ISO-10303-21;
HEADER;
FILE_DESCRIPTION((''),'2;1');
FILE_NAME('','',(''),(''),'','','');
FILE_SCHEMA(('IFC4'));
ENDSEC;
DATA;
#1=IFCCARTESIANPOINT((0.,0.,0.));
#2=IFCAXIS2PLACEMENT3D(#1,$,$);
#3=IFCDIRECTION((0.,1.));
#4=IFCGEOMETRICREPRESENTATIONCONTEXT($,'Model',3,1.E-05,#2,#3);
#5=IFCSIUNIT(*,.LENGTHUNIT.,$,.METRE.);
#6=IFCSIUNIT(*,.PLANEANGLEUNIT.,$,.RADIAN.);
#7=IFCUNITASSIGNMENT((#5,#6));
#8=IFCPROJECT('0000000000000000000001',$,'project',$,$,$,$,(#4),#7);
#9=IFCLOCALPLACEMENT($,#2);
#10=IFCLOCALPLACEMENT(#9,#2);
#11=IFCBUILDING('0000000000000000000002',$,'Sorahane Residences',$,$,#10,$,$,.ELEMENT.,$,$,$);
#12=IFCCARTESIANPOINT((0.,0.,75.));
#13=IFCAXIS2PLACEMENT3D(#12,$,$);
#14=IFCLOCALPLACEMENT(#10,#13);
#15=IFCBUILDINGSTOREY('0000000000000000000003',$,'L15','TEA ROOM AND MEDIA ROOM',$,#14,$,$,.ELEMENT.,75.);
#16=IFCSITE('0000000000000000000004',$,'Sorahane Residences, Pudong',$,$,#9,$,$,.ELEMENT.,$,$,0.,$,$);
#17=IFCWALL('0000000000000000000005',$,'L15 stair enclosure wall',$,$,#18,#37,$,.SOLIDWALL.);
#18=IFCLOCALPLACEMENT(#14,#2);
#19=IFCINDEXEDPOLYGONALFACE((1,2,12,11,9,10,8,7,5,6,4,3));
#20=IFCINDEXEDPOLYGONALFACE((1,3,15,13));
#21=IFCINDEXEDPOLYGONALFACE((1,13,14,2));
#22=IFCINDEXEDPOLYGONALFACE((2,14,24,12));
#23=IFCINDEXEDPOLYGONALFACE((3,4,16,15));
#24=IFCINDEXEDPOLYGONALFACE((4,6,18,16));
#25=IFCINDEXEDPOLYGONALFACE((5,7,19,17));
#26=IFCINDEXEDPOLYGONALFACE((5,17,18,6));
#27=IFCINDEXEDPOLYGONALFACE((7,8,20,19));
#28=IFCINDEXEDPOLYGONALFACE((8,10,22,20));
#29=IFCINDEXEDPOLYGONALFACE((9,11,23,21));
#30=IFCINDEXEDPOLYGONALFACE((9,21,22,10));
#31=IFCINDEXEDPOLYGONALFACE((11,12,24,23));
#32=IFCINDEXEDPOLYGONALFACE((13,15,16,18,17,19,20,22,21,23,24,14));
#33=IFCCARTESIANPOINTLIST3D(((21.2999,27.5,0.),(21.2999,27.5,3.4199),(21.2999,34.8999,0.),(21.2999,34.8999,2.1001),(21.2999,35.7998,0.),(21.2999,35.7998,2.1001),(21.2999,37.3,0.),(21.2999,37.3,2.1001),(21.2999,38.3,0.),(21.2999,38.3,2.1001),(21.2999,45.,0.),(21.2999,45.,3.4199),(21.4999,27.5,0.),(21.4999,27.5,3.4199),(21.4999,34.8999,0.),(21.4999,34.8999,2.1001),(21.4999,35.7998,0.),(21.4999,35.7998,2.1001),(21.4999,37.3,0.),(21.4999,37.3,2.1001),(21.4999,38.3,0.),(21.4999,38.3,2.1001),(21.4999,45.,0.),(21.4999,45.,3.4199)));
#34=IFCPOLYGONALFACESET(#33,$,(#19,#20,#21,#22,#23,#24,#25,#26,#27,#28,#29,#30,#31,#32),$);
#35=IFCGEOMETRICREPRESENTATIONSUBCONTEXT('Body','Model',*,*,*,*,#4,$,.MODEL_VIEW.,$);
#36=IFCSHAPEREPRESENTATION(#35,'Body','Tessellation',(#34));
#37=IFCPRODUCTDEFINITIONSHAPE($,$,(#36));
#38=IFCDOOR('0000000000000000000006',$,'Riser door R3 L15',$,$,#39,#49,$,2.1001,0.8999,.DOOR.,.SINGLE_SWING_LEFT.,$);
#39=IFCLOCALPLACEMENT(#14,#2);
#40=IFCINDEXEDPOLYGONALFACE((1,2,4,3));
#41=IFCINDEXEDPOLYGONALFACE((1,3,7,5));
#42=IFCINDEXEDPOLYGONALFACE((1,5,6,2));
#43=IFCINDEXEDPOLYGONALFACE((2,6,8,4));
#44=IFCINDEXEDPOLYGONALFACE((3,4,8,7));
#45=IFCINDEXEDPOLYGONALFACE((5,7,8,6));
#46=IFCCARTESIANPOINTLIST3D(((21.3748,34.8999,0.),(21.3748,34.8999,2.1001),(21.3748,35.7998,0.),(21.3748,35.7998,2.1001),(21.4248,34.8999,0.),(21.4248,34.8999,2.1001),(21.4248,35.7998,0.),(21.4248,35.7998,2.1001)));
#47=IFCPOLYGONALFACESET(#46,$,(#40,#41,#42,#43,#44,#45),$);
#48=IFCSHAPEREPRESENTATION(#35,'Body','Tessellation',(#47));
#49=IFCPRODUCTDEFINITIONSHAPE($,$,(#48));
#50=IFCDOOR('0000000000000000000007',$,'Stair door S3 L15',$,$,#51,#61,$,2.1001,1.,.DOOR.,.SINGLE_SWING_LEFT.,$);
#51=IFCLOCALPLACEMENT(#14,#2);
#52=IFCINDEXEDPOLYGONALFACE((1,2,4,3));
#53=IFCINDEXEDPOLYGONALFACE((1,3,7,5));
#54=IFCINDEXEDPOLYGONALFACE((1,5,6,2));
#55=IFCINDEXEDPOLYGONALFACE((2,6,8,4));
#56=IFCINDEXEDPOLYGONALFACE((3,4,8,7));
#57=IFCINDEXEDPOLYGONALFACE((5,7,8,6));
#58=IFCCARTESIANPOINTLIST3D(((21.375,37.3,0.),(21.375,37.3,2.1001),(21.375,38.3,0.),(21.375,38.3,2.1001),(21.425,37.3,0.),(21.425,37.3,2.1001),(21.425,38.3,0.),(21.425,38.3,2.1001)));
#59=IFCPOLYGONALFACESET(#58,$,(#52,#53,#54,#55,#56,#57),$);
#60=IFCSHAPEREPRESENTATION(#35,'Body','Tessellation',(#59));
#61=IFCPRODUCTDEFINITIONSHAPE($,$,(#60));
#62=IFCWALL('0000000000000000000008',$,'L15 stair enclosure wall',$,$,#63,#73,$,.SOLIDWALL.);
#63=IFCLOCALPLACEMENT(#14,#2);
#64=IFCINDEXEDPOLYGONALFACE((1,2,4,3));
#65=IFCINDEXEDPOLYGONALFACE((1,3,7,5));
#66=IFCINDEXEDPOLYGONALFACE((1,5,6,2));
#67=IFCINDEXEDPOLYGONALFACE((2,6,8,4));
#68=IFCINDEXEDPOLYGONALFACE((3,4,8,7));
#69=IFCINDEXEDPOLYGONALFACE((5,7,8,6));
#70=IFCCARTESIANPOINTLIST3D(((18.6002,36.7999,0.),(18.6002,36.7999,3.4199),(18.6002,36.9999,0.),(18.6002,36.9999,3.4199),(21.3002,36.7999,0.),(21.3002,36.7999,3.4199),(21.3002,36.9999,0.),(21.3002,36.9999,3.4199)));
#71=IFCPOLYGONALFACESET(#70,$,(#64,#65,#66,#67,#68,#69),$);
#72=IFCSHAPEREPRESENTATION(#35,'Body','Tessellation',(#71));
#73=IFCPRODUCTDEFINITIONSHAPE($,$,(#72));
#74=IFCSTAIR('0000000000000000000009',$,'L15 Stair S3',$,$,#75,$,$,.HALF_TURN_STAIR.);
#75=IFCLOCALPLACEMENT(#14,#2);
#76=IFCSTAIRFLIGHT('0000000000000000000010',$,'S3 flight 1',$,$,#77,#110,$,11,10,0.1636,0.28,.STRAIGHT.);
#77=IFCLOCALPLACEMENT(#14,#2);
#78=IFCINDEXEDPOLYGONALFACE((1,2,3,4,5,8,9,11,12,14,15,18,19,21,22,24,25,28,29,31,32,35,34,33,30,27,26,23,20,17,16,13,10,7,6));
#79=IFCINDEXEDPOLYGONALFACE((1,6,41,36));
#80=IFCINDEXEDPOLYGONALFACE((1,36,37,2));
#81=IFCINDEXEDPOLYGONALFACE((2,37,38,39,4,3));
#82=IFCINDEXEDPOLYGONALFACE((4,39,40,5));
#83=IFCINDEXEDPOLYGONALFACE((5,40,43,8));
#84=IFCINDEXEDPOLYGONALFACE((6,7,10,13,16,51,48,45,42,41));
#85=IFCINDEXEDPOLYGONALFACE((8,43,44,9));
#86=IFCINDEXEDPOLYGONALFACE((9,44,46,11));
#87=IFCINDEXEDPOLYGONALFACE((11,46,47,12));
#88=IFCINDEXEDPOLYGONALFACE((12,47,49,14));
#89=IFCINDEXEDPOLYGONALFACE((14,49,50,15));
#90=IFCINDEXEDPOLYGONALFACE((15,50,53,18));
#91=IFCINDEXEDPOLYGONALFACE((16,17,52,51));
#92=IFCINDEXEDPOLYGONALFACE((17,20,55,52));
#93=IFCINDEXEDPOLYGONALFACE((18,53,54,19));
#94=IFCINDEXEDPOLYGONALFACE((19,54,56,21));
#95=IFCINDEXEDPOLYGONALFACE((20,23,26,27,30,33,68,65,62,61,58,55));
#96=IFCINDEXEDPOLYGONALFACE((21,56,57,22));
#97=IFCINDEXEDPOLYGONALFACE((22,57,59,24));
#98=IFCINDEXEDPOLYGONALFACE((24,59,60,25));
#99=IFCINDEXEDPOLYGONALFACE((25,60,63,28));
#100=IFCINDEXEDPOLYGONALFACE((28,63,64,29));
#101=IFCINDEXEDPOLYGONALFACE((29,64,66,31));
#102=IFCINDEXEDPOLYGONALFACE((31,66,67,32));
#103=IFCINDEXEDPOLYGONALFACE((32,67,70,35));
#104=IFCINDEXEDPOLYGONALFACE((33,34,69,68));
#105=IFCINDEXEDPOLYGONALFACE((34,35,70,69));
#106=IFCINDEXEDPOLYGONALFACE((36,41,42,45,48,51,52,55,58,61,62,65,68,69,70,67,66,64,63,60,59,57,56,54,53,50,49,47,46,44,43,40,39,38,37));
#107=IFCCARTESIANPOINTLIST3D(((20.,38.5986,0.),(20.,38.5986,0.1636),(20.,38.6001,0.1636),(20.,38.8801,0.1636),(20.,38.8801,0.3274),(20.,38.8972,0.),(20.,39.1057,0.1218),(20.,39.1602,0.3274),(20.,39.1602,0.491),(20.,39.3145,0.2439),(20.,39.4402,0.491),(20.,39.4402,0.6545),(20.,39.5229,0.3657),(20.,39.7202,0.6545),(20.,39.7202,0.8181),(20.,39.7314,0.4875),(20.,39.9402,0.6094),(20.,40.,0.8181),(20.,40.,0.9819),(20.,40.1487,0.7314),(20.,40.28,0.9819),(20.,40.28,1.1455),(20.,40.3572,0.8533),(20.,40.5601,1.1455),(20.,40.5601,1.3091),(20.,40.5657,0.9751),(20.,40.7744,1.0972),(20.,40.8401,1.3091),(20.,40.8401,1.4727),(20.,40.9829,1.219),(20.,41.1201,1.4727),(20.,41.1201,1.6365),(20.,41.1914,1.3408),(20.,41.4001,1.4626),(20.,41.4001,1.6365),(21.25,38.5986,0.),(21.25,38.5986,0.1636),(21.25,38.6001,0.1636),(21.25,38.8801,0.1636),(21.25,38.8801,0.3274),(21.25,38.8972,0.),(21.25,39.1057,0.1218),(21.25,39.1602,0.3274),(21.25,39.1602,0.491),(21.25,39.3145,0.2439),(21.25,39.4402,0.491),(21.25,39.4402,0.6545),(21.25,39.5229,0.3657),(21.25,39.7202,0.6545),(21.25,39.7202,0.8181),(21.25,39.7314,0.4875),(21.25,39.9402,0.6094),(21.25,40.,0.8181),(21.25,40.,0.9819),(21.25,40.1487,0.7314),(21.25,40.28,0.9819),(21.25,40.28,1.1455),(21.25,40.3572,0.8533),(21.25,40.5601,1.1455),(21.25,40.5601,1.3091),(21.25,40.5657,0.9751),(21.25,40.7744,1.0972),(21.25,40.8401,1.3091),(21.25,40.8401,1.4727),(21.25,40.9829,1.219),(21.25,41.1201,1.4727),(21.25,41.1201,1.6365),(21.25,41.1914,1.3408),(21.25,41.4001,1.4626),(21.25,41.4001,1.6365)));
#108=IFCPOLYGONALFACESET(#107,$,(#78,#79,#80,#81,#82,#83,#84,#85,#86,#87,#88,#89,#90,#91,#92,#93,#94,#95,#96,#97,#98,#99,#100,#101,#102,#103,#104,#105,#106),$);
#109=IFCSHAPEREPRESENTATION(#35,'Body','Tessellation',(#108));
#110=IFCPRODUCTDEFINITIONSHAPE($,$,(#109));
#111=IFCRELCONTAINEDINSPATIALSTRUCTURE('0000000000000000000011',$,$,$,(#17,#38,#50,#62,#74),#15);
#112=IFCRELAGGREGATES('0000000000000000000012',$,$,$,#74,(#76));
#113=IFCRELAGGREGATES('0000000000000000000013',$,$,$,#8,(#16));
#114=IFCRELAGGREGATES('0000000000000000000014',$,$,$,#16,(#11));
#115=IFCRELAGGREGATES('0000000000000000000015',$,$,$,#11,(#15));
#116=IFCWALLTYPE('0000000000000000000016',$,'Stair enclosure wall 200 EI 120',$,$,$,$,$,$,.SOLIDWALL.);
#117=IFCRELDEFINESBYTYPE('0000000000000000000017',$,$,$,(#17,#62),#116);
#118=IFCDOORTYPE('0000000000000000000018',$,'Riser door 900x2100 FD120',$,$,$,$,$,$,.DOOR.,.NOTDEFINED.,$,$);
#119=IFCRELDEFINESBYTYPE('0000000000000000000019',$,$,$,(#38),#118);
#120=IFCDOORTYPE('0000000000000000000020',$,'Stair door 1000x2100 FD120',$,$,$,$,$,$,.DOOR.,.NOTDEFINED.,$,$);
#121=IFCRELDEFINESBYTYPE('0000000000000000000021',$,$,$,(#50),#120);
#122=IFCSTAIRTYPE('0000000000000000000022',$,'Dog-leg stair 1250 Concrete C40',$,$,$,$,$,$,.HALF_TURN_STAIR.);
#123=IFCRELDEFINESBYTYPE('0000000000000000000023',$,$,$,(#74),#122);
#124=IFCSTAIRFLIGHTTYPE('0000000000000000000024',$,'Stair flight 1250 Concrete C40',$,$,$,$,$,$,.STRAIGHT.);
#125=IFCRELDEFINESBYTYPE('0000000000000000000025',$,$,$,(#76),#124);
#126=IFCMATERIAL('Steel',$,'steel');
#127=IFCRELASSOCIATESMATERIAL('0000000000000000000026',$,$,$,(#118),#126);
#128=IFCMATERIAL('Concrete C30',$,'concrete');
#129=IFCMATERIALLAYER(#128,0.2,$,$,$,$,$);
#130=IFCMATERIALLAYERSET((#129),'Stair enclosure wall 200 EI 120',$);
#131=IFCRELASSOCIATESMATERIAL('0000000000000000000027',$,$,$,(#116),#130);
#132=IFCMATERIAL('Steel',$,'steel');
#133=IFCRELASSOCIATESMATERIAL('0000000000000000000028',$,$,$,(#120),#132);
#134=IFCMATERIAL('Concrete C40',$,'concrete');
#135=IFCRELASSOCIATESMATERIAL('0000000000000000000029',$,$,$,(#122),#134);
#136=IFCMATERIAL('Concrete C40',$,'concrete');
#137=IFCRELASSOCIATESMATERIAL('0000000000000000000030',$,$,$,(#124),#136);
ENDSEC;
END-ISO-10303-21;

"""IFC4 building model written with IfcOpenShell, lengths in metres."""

from ifc_helpers import new_model, si_unit, direction, frame, frame_2d, origin, place, context, subcontext, project, spatial, polyline, rectangle, outline, extrude, material, layer, layer_set, type_object, element, fill, aggregate, save


model = new_model("IFC4")

# Units and contexts
model_context = context("Model", 3, precision=1e-05, world=origin(), true_north=direction((0.0, 1.0)))
body_context = subcontext(model_context, "Body", "Model", "MODEL_VIEW")
ifc_project = project(units=[si_unit("LENGTHUNIT", "METRE"), si_unit("PLANEANGLEUNIT", "RADIAN")], contexts=[model_context])

# Site, building, storey
site_placement = place(None, origin())
site = spatial("IfcSite", under=ifc_project, at=site_placement, Name="Sorahane Residences, Pudong", CompositionType="ELEMENT", RefElevation=0.0)
building_placement = place(site_placement, origin())
building = spatial("IfcBuilding", under=site, at=building_placement, Name="Sorahane Residences", CompositionType="ELEMENT")
storey_placement = place(building_placement, frame((0.0, 0.0, 75.0)))
storey = spatial("IfcBuildingStorey", under=building, at=storey_placement, Name="L15", Description="TEA ROOM AND MEDIA ROOM", CompositionType="ELEMENT", Elevation=75.0)

# Shared definitions
ifc_material_1 = material(Name="Steel", Category="steel")
door_type_1 = type_object("IfcDoorType", Name="Riser door 900x2100 FD120", OperationType="NOTDEFINED", PredefinedType="DOOR", material=ifc_material_1)

# Wall, openings, doors
ifc_material_2 = material(Name="Concrete C30", Category="concrete")
ifc_layer_1 = layer(ifc_material_2, 0.2)
ifc_layer_set_1 = layer_set([ifc_layer_1], Name="Stair enclosure wall 200 EI 120")
wall_type_1 = type_object("IfcWallType", Name="Stair enclosure wall 200 EI 120", PredefinedType="SOLIDWALL", material=ifc_layer_set_1)
wall_1_placement = place(storey_placement, frame((21.3999, 27.5, 0.0), z_axis=(0.0, 0.0, 1.0), x_axis=(0.0, 1.0, 0.0)))
wall_1 = element("IfcWall", 1, at=wall_1_placement, inside=storey, type_object=wall_type_1, Name="L15 stair enclosure wall", PredefinedType="SOLIDWALL", context=body_context, shape_type="SweptSolid", body=[
    extrude(rectangle(XDim=17.5, YDim=0.2, at=frame_2d((8.75, 0.0))), origin(), (0.0, 0.0, 1.0), 3.4199),
])
opening_1_placement = place(wall_1_placement, frame((9.8, 0.0, 0.0)))
opening_1 = element("IfcOpeningElement", 2, at=opening_1_placement, cuts=wall_1, PredefinedType="OPENING", context=body_context, shape_type="SweptSolid", body=[
    extrude(rectangle(XDim=1.0, YDim=2.1001, at=frame_2d((0.5, 1.05))), frame((0.0, 0.1099, 0.0), z_axis=(0.0, -1.0, 0.0), x_axis=(1.0, 0.0, 0.0)), (0.0, 0.0, 1.0), 0.22),
])
opening_2_placement = place(wall_1_placement, frame((7.3999, 0.0, 0.0)))
opening_2 = element("IfcOpeningElement", 3, at=opening_2_placement, cuts=wall_1, PredefinedType="OPENING", context=body_context, shape_type="SweptSolid", body=[
    extrude(rectangle(XDim=0.8999, YDim=2.1001, at=frame_2d((0.45, 1.05))), frame((0.0, 0.1099, 0.0), z_axis=(0.0, -1.0, 0.0), x_axis=(1.0, 0.0, 0.0)), (0.0, 0.0, 1.0), 0.22),
])
door_1_placement = place(opening_2_placement, frame((0.8999, 0.0, 0.0), z_axis=(0.0, 0.0, 1.0), x_axis=(-1.0, 0.0, 0.0)))
door_1 = element("IfcDoor", 4, at=door_1_placement, inside=storey, type_object=door_type_1, Name="Riser door R3 L15", OperationType="SINGLE_SWING_LEFT", OverallHeight=2.1001, OverallWidth=0.8999, PredefinedType="DOOR", context=body_context, shape_type="SweptSolid", body=[
    extrude(rectangle(XDim=0.8999, YDim=2.1001, at=frame_2d((0.45, 1.05))), frame((0.0, 0.0249, 0.0), z_axis=(0.0, -1.0, 0.0), x_axis=(1.0, 0.0, 0.0)), (0.0, 0.0, 1.0), 0.05),
])
fill(opening_2, door_1)
ifc_material_3 = material(Name="Steel", Category="steel")
door_type_2 = type_object("IfcDoorType", Name="Stair door 1000x2100 FD120", OperationType="NOTDEFINED", PredefinedType="DOOR", material=ifc_material_3)
door_2_placement = place(opening_1_placement, origin())
door_2 = element("IfcDoor", 5, at=door_2_placement, inside=storey, type_object=door_type_2, Name="Stair door S3 L15", OperationType="SINGLE_SWING_LEFT", OverallHeight=2.1001, OverallWidth=1.0, PredefinedType="DOOR", context=body_context, shape_type="SweptSolid", body=[
    extrude(rectangle(XDim=1.0, YDim=2.1001, at=frame_2d((0.5, 1.05))), frame((0.0, 0.0249, 0.0), z_axis=(0.0, -1.0, 0.0), x_axis=(1.0, 0.0, 0.0)), (0.0, 0.0, 1.0), 0.05),
])
fill(opening_1, door_2)

# Wall
wall_2_placement = place(storey_placement, frame((18.6001, 36.8999, 0.0), z_axis=(0.0, 0.0, 1.0), x_axis=(1.0, 0.0, 0.0)))
element("IfcWall", 6, at=wall_2_placement, inside=storey, type_object=wall_type_1, Name="L15 stair enclosure wall", PredefinedType="SOLIDWALL", context=body_context, shape_type="SweptSolid", body=[
    extrude(rectangle(XDim=2.7, YDim=0.2, at=frame_2d((1.3501, 0.0))), origin(), (0.0, 0.0, 1.0), 3.4199),
])

# Stair, stair flight
ifc_material_4 = material(Name="Concrete C40", Category="concrete")
stair_type = type_object("IfcStairType", Name="Dog-leg stair 1250 Concrete C40", PredefinedType="HALF_TURN_STAIR", material=ifc_material_4)
stair_placement = place(storey_placement, origin())
stair = element("IfcStair", 7, at=stair_placement, inside=storey, type_object=stair_type, Name="L15 Stair S3", PredefinedType="HALF_TURN_STAIR")
ifc_material_5 = material(Name="Concrete C40", Category="concrete")
stair_flight_type = type_object("IfcStairFlightType", Name="Stair flight 1250 Concrete C40", PredefinedType="STRAIGHT", material=ifc_material_5)
stair_flight_placement = place(storey_placement, frame((20.625, 38.6001, 0.0), z_axis=(0.0, 0.0, 1.0), x_axis=(0.0, 1.0, 0.0)))
stair_flight = element("IfcStairFlight", 8, at=stair_flight_placement, type_object=stair_flight_type, Name="S3 flight 1", NumberOfRisers=11, NumberOfTreads=10, PredefinedType="STRAIGHT", RiserHeight=0.1636, TreadLength=0.28, context=body_context, shape_type="SweptSolid", body=[
    extrude(outline(polyline([(-0.0015, 0.0), (-0.0015, 0.1636), (0.0, 0.1636), (0.28, 0.1636), (0.28, 0.3274), (0.5601, 0.3274), (0.5601, 0.491), (0.8401, 0.491), (0.8401, 0.6545), (1.1201, 0.6545), (1.1201, 0.8181), (1.3999, 0.8181), (1.3999, 0.9819), (1.6799, 0.9819), (1.6799, 1.1455), (1.96, 1.1455), (1.96, 1.3091), (2.24, 1.3091), (2.24, 1.4727), (2.52, 1.4727), (2.52, 1.6365), (2.8, 1.6365), (2.8, 1.8), (2.8, 1.4626), (2.5913, 1.3408), (2.3828, 1.219), (2.1743, 1.0972), (1.9656, 0.9751), (1.7571, 0.8533), (1.5486, 0.7314), (1.3401, 0.6094), (1.1313, 0.4875), (0.9229, 0.3657), (0.7144, 0.2439), (0.5056, 0.1218), (0.2971, 0.0), (-0.0015, 0.0)])), frame((0.0, 0.625, 0.0), z_axis=(0.0, -1.0, 0.0), x_axis=(1.0, 0.0, 0.0)), (0.0, 0.0, 1.0), 1.25),
])
aggregate(stair, [stair_flight])

save(model, "model.ifc")
